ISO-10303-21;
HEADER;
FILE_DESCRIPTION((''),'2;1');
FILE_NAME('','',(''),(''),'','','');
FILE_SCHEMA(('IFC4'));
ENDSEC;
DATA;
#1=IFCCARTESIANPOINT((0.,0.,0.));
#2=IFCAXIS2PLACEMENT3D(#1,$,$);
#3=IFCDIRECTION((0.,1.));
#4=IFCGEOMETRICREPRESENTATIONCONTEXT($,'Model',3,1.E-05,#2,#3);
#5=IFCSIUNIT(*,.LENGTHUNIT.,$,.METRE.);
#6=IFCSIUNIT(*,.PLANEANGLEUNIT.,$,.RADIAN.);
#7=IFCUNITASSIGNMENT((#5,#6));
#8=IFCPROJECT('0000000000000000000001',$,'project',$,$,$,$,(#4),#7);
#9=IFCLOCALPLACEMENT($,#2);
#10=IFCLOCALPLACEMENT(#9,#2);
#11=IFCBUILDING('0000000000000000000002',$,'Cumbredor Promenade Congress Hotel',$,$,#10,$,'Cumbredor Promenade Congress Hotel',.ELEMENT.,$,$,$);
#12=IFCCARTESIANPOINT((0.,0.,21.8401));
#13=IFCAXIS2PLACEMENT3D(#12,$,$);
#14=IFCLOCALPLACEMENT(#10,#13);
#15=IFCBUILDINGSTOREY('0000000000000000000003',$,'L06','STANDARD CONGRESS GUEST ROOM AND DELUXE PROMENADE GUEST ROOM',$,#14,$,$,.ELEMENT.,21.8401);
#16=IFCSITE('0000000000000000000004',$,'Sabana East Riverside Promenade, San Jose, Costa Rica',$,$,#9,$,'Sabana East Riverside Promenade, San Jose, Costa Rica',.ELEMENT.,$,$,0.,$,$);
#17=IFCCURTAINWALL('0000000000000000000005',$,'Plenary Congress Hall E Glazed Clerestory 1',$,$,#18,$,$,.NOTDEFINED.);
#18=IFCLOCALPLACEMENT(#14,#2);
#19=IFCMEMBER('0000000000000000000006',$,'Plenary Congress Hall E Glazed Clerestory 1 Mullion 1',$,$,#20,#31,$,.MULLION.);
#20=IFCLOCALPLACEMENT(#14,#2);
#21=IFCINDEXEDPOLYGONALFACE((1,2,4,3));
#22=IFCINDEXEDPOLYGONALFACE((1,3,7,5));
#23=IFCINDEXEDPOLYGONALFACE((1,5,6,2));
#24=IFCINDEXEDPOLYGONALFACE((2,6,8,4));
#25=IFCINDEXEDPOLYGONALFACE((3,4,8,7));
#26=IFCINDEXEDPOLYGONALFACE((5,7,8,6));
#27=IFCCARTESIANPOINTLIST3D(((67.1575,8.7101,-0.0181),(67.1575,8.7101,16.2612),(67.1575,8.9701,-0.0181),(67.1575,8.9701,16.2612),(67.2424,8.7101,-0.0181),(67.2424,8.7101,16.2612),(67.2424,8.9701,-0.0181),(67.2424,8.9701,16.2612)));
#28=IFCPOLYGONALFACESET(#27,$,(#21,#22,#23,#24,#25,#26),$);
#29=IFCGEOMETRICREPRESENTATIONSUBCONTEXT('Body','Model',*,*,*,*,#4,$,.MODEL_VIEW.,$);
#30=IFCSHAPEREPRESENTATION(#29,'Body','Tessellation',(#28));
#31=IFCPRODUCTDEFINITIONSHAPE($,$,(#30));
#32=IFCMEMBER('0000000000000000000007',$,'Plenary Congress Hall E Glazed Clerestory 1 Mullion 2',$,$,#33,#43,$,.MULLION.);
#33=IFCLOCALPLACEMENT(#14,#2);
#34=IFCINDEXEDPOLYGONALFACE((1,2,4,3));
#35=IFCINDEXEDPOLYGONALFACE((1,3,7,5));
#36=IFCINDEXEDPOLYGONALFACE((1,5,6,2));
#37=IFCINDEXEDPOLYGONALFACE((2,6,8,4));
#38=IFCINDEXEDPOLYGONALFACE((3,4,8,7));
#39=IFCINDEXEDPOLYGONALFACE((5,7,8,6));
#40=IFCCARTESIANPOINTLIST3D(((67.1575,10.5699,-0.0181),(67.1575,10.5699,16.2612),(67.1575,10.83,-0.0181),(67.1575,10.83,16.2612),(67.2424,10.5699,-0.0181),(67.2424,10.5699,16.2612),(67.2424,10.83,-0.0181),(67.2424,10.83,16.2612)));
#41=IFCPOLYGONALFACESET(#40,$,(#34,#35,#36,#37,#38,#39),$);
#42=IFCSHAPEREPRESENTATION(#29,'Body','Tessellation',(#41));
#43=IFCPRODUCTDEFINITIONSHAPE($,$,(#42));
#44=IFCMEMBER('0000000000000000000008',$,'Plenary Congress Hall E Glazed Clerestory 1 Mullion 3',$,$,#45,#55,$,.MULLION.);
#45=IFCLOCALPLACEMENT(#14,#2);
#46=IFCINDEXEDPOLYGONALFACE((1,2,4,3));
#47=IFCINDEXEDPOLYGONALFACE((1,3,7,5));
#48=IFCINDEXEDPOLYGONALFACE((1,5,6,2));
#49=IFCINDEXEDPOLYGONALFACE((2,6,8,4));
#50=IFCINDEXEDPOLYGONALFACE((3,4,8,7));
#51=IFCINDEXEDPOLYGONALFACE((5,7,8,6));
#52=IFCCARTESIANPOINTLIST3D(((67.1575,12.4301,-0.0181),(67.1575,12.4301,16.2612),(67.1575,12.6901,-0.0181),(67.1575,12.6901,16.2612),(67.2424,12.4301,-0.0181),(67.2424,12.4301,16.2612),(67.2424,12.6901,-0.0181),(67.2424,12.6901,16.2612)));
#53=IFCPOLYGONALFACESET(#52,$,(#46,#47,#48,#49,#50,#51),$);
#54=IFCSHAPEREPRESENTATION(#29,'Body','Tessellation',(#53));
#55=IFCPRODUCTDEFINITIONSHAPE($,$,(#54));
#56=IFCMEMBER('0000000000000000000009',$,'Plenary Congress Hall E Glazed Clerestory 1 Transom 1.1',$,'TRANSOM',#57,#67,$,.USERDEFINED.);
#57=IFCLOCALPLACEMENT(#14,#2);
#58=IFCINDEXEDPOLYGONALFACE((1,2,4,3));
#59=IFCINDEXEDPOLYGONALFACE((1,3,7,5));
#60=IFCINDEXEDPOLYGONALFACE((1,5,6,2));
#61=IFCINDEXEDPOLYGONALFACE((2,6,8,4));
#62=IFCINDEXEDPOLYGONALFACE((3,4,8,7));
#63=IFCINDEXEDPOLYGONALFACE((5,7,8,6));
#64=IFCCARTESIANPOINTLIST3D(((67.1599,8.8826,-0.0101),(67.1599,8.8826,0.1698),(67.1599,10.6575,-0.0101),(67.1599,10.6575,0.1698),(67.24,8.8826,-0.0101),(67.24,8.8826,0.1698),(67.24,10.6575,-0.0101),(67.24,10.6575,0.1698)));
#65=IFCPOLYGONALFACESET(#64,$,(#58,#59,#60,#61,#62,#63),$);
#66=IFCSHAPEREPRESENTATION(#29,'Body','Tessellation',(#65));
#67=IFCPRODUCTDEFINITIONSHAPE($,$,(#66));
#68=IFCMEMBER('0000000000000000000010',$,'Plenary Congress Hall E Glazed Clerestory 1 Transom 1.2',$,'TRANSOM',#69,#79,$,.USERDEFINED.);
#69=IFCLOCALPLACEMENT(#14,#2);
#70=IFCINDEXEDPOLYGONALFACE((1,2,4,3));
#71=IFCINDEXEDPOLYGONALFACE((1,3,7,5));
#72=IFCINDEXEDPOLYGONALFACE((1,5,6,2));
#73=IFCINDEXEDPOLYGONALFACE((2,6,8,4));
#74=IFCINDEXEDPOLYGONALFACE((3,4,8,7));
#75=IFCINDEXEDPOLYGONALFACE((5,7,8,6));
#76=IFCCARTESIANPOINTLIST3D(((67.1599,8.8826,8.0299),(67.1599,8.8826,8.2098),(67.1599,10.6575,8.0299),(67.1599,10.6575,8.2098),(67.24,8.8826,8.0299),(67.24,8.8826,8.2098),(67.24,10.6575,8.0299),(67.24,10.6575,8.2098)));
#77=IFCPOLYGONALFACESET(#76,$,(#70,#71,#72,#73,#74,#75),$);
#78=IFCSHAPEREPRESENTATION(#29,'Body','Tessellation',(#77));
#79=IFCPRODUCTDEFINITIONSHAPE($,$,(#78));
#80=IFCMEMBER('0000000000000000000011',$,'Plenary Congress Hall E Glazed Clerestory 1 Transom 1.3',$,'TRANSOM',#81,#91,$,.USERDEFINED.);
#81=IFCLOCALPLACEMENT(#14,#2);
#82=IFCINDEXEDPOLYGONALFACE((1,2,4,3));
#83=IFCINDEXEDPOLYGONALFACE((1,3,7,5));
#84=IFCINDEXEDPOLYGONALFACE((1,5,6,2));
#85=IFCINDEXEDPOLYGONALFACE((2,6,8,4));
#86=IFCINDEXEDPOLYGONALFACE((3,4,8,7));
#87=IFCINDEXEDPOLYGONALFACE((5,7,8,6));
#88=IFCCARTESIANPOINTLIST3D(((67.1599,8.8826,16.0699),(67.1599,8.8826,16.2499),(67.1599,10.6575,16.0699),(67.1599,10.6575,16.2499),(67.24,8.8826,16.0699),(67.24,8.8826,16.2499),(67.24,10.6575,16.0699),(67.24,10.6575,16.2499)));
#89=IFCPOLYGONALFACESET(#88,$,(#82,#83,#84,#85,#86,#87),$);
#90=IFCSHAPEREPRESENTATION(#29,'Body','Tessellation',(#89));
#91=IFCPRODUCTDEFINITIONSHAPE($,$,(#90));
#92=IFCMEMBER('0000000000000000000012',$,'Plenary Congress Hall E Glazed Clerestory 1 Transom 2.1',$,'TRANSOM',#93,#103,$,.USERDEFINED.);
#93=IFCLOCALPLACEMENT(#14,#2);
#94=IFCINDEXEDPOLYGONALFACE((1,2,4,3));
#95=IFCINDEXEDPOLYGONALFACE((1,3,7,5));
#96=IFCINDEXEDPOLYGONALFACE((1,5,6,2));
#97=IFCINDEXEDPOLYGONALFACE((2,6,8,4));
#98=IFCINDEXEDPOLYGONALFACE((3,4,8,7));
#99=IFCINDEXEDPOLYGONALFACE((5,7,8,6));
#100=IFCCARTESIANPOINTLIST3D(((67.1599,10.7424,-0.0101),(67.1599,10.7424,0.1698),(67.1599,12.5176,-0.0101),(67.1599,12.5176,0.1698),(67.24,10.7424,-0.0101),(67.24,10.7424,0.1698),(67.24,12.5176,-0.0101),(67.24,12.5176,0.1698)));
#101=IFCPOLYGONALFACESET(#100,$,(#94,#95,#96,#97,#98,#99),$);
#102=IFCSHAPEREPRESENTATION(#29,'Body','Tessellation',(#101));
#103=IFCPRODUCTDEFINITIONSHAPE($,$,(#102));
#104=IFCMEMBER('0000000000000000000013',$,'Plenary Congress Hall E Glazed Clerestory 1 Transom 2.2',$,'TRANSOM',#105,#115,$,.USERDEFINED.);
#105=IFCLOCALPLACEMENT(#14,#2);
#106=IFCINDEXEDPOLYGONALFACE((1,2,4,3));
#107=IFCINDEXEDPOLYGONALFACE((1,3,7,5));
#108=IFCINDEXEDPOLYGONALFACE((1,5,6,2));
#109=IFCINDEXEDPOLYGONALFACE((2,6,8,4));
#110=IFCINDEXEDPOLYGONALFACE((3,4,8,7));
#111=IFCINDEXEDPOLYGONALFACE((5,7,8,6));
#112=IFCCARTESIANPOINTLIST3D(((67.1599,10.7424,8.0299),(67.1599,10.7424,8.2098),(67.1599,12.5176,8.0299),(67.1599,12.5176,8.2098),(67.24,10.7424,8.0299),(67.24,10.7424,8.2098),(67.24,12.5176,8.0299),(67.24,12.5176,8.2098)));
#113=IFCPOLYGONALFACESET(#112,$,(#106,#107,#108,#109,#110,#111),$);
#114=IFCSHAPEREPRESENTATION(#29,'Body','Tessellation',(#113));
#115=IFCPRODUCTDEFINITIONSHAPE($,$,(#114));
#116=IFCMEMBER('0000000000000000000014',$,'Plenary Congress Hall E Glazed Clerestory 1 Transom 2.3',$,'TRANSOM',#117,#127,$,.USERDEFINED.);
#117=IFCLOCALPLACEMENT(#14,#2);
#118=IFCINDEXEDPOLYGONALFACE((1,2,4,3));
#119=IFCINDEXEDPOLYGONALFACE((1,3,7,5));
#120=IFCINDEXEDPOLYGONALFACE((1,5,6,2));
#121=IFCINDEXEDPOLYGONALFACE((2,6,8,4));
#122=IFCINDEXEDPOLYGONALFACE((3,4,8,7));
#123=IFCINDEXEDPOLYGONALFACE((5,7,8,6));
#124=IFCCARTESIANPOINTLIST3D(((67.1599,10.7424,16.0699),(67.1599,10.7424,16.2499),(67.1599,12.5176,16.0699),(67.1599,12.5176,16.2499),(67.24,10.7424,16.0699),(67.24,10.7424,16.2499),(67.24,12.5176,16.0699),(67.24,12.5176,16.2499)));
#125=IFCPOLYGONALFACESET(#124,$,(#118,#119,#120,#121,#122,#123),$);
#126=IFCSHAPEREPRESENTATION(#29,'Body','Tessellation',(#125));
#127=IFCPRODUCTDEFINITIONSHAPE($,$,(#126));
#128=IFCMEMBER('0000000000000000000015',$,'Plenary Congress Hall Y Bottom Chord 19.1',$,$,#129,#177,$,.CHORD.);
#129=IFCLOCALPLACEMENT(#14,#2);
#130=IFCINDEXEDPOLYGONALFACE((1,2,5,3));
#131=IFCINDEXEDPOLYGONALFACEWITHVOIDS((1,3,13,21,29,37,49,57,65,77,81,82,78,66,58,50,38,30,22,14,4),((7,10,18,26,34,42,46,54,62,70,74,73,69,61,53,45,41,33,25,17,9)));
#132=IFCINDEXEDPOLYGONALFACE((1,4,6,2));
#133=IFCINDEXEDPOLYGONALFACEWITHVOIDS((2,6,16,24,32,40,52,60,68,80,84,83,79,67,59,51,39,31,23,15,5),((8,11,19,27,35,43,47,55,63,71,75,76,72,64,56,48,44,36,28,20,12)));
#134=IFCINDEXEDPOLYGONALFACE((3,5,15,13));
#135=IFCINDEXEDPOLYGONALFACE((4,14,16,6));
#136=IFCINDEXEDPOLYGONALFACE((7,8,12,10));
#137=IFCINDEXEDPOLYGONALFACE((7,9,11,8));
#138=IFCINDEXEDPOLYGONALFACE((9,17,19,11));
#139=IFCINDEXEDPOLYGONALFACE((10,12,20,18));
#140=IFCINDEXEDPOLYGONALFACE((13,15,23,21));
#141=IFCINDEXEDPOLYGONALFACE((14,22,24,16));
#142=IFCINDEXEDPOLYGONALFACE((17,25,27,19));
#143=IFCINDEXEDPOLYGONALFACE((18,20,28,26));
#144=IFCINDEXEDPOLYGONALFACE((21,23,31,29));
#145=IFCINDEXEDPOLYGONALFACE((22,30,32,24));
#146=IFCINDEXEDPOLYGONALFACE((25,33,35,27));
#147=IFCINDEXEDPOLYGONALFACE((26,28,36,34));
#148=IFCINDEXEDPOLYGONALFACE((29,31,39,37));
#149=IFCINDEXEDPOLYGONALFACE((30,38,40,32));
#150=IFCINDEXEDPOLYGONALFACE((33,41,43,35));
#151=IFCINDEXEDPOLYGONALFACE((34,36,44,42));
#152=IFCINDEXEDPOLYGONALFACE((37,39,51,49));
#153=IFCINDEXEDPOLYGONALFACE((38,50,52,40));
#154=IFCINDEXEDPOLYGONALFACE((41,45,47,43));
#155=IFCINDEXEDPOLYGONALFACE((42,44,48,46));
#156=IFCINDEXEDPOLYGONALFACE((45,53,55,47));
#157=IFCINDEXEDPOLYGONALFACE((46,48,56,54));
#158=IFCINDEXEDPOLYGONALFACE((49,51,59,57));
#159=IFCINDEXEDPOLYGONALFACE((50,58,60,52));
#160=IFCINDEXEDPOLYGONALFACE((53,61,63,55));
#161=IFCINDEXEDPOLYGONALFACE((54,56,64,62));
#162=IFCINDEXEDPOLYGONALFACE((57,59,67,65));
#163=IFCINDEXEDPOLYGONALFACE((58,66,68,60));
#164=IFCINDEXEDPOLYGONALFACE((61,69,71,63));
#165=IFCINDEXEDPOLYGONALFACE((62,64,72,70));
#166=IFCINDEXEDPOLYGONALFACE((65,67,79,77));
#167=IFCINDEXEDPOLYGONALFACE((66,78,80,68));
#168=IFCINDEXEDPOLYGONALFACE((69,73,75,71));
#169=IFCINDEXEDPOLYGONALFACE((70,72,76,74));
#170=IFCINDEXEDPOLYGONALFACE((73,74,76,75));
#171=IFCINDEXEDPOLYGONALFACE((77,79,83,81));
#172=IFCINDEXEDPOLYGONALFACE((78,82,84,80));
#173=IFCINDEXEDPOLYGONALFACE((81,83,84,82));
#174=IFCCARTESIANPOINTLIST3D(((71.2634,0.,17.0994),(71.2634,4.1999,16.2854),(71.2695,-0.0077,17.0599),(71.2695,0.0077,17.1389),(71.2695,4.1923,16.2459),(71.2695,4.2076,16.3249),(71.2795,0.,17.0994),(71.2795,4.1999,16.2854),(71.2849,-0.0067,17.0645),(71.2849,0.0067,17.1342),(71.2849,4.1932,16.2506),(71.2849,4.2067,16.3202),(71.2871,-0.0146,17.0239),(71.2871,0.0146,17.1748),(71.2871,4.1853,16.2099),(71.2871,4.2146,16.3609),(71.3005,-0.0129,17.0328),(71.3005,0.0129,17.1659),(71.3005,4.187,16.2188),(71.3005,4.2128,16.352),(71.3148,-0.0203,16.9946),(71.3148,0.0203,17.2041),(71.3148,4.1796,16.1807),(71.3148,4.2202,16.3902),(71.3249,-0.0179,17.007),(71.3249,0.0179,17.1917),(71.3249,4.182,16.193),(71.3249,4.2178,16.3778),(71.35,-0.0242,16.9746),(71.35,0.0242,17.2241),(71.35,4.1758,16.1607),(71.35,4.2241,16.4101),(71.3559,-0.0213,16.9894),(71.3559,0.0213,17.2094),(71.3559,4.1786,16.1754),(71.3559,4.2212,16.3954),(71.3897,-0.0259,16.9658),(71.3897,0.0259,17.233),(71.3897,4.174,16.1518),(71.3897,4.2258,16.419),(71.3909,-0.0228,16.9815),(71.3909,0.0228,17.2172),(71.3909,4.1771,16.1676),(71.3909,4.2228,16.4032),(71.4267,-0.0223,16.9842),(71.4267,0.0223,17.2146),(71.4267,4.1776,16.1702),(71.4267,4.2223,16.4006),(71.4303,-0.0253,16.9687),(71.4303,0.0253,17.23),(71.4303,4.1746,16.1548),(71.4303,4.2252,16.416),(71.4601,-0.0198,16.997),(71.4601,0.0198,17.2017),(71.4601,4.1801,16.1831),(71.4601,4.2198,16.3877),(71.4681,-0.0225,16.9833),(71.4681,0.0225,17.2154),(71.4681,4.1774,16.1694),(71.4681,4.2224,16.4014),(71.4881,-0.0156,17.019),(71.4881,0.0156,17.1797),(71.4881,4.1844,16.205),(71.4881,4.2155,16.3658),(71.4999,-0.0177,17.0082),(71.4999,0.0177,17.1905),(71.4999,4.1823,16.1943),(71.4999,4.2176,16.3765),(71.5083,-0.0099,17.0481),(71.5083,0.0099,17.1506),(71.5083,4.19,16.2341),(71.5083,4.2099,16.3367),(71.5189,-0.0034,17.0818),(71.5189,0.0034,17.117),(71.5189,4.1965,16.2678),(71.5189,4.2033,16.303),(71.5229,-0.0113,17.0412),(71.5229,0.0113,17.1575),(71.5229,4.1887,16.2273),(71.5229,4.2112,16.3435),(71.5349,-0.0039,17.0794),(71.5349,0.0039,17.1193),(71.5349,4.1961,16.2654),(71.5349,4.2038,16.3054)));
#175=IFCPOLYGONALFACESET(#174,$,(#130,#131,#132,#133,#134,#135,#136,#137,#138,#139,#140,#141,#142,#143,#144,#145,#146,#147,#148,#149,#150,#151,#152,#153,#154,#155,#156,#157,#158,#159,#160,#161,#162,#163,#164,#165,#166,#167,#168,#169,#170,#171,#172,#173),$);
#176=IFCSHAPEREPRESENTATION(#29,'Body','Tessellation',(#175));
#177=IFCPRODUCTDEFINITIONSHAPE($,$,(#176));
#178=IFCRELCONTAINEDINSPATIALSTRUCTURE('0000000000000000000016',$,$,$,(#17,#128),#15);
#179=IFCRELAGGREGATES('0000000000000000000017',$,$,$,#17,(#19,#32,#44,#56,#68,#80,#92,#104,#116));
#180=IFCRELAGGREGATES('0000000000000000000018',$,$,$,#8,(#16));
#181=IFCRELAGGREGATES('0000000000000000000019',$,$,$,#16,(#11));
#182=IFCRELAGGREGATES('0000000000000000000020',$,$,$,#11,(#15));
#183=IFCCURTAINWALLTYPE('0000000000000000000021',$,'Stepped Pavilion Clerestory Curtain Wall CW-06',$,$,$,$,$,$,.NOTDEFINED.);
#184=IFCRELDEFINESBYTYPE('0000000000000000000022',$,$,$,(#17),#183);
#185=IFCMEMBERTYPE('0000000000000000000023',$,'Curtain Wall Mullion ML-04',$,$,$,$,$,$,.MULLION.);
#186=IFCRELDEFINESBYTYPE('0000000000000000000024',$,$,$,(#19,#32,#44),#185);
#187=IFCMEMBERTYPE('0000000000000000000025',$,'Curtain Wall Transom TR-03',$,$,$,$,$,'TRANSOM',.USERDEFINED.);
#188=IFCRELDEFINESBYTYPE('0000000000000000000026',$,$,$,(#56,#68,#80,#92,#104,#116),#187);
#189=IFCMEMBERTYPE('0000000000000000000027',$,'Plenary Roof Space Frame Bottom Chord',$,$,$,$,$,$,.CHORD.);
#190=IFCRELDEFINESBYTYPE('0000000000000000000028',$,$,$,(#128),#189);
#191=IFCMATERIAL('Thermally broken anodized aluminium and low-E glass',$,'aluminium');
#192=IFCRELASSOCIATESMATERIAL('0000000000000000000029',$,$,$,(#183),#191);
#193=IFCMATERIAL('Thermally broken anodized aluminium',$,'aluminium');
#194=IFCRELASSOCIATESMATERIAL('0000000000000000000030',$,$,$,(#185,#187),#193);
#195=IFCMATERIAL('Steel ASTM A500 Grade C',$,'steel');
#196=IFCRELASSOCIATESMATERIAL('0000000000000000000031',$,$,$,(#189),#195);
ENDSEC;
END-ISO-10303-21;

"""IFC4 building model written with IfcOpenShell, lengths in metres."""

from ifc_helpers import new_model, si_unit, direction, frame, origin, origin_2d, place, context, subcontext, project, spatial, rectangle, hollow_circle, extrude, material, material_profile, profile_set, type_object, element, aggregate, save


model = new_model("IFC4")

# Units and contexts
model_context = context("Model", 3, precision=1e-05, world=origin(), true_north=direction((0.0, 1.0)))
body_context = subcontext(model_context, "Body", "Model", "MODEL_VIEW")
ifc_project = project(units=[si_unit("LENGTHUNIT", "METRE"), si_unit("PLANEANGLEUNIT", "RADIAN")], contexts=[model_context])

# Site, building, storey
site_placement = place(None, origin())
site = spatial("IfcSite", under=ifc_project, at=site_placement, Name="Sabana East Riverside Promenade, San Jose, Costa Rica", LongName="Sabana East Riverside Promenade, San Jose, Costa Rica", CompositionType="ELEMENT", RefElevation=0.0)
building_placement = place(site_placement, origin())
building = spatial("IfcBuilding", under=site, at=building_placement, Name="Cumbredor Promenade Congress Hotel", LongName="Cumbredor Promenade Congress Hotel", CompositionType="ELEMENT")
storey_placement = place(building_placement, frame((0.0, 0.0, 21.8401)))
storey = spatial("IfcBuildingStorey", under=building, at=storey_placement, Name="L06", Description="STANDARD CONGRESS GUEST ROOM AND DELUXE PROMENADE GUEST ROOM", CompositionType="ELEMENT", Elevation=21.8401)

# Curtain wall, members
ifc_material_1 = material(Name="Thermally broken anodized aluminium and low-E glass", Category="aluminium")
curtain_wall_type = type_object("IfcCurtainWallType", Name="Stepped Pavilion Clerestory Curtain Wall CW-06", PredefinedType="NOTDEFINED", material=ifc_material_1)
curtain_wall_placement = place(storey_placement, origin())
curtain_wall = element("IfcCurtainWall", 1, at=curtain_wall_placement, inside=storey, type_object=curtain_wall_type, Name="Plenary Congress Hall E Glazed Clerestory 1", PredefinedType="NOTDEFINED")
ifc_material_2 = material(Name="Thermally broken anodized aluminium", Category="aluminium")
ifc_material_profile_1 = material_profile(ifc_material_2, rectangle(XDim=0.085, YDim=0.26, at=origin_2d()), Name="ALU MULLION CLERESTORY 85x260")
ifc_profile_set_1 = profile_set([ifc_material_profile_1], Name="Thermally broken anodized aluminium")
member_type_1 = type_object("IfcMemberType", Name="Curtain Wall Mullion ML-04", PredefinedType="MULLION", material=ifc_profile_set_1)
member_1_placement = place(storey_placement, frame((67.2, 8.8401, -0.0181), z_axis=(0.0, 0.0, 1.0), x_axis=(1.0, 0.0, 0.0)))
member_1 = element("IfcMember", 2, at=member_1_placement, type_object=member_type_1, Name="Plenary Congress Hall E Glazed Clerestory 1 Mullion 1", PredefinedType="MULLION", context=body_context, shape_type="SweptSolid", body=[
    extrude(rectangle(XDim=0.085, YDim=0.26, at=origin_2d()), origin(), (0.0, 0.0, 1.0), 16.2793),
])
member_2_placement = place(storey_placement, frame((67.2, 10.7, -0.0181), z_axis=(0.0, 0.0, 1.0), x_axis=(1.0, 0.0, 0.0)))
member_2 = element("IfcMember", 3, at=member_2_placement, type_object=member_type_1, Name="Plenary Congress Hall E Glazed Clerestory 1 Mullion 2", PredefinedType="MULLION", context=body_context, shape_type="SweptSolid", body=[
    extrude(rectangle(XDim=0.085, YDim=0.26, at=origin_2d()), origin(), (0.0, 0.0, 1.0), 16.2793),
])
member_3_placement = place(storey_placement, frame((67.2, 12.5601, -0.0181), z_axis=(0.0, 0.0, 1.0), x_axis=(1.0, 0.0, 0.0)))
member_3 = element("IfcMember", 4, at=member_3_placement, type_object=member_type_1, Name="Plenary Congress Hall E Glazed Clerestory 1 Mullion 3", PredefinedType="MULLION", context=body_context, shape_type="SweptSolid", body=[
    extrude(rectangle(XDim=0.085, YDim=0.26, at=origin_2d()), origin(), (0.0, 0.0, 1.0), 16.2793),
])
ifc_material_profile_2 = material_profile(ifc_material_2, rectangle(XDim=0.0801, YDim=0.1799, at=origin_2d()), Name="ALU TRANSOM 80x180")
ifc_profile_set_2 = profile_set([ifc_material_profile_2], Name="Thermally broken anodized aluminium")
member_type_2 = type_object("IfcMemberType", Name="Curtain Wall Transom TR-03", ElementType="TRANSOM", PredefinedType="USERDEFINED", material=ifc_profile_set_2)
member_4_placement = place(storey_placement, frame((67.2, 8.8826, 0.0798), z_axis=(0.0, 1.0, 0.0), x_axis=(-1.0, 0.0, 0.0)))
member_4 = element("IfcMember", 5, at=member_4_placement, type_object=member_type_2, Name="Plenary Congress Hall E Glazed Clerestory 1 Transom 1.1", ObjectType="TRANSOM", PredefinedType="USERDEFINED", context=body_context, shape_type="SweptSolid", body=[
    extrude(rectangle(XDim=0.0801, YDim=0.1799, at=origin_2d()), origin(), (0.0, 0.0, 1.0), 1.7749),
])
member_5_placement = place(storey_placement, frame((67.2, 8.8826, 8.1199), z_axis=(0.0, 1.0, 0.0), x_axis=(-1.0, 0.0, 0.0)))
member_5 = element("IfcMember", 6, at=member_5_placement, type_object=member_type_2, Name="Plenary Congress Hall E Glazed Clerestory 1 Transom 1.2", ObjectType="TRANSOM", PredefinedType="USERDEFINED", context=body_context, shape_type="SweptSolid", body=[
    extrude(rectangle(XDim=0.0801, YDim=0.1799, at=origin_2d()), origin(), (0.0, 0.0, 1.0), 1.7749),
])
member_6_placement = place(storey_placement, frame((67.2, 8.8826, 16.1599), z_axis=(0.0, 1.0, 0.0), x_axis=(-1.0, 0.0, 0.0)))
member_6 = element("IfcMember", 7, at=member_6_placement, type_object=member_type_2, Name="Plenary Congress Hall E Glazed Clerestory 1 Transom 1.3", ObjectType="TRANSOM", PredefinedType="USERDEFINED", context=body_context, shape_type="SweptSolid", body=[
    extrude(rectangle(XDim=0.0801, YDim=0.1799, at=origin_2d()), origin(), (0.0, 0.0, 1.0), 1.7749),
])
member_7_placement = place(storey_placement, frame((67.2, 10.7424, 0.0798), z_axis=(0.0, 1.0, 0.0), x_axis=(-1.0, 0.0, 0.0)))
member_7 = element("IfcMember", 8, at=member_7_placement, type_object=member_type_2, Name="Plenary Congress Hall E Glazed Clerestory 1 Transom 2.1", ObjectType="TRANSOM", PredefinedType="USERDEFINED", context=body_context, shape_type="SweptSolid", body=[
    extrude(rectangle(XDim=0.0801, YDim=0.1799, at=origin_2d()), origin(), (0.0, 0.0, 1.0), 1.7751),
])
member_8_placement = place(storey_placement, frame((67.2, 10.7424, 8.1199), z_axis=(0.0, 1.0, 0.0), x_axis=(-1.0, 0.0, 0.0)))
member_8 = element("IfcMember", 9, at=member_8_placement, type_object=member_type_2, Name="Plenary Congress Hall E Glazed Clerestory 1 Transom 2.2", ObjectType="TRANSOM", PredefinedType="USERDEFINED", context=body_context, shape_type="SweptSolid", body=[
    extrude(rectangle(XDim=0.0801, YDim=0.1799, at=origin_2d()), origin(), (0.0, 0.0, 1.0), 1.7751),
])
member_9_placement = place(storey_placement, frame((67.2, 10.7424, 16.1599), z_axis=(0.0, 1.0, 0.0), x_axis=(-1.0, 0.0, 0.0)))
member_9 = element("IfcMember", 10, at=member_9_placement, type_object=member_type_2, Name="Plenary Congress Hall E Glazed Clerestory 1 Transom 2.3", ObjectType="TRANSOM", PredefinedType="USERDEFINED", context=body_context, shape_type="SweptSolid", body=[
    extrude(rectangle(XDim=0.0801, YDim=0.1799, at=origin_2d()), origin(), (0.0, 0.0, 1.0), 1.7751),
])

# Member
ifc_material_3 = material(Name="Steel ASTM A500 Grade C", Category="steel")
ifc_material_profile_3 = material_profile(ifc_material_3, hollow_circle(Radius=0.1365, WallThickness=0.0161, at=origin_2d()), Name="CHS 273.0x16")
ifc_profile_set_3 = profile_set([ifc_material_profile_3], Name="Steel ASTM A500 Grade C")
member_type_3 = type_object("IfcMemberType", Name="Plenary Roof Space Frame Bottom Chord", PredefinedType="CHORD", material=ifc_profile_set_3)
member_10_placement = place(storey_placement, frame((71.3999, 0.0, 17.0994), z_axis=(0.0, 0.981733, -0.190263), x_axis=(-1.0, 0.0, 0.0)))
element("IfcMember", 11, at=member_10_placement, inside=storey, type_object=member_type_3, Name="Plenary Congress Hall Y Bottom Chord 19.1", PredefinedType="CHORD", context=body_context, shape_type="SweptSolid", body=[
    extrude(hollow_circle(Radius=0.1365, WallThickness=0.0161, at=origin_2d()), origin(), (0.0, 0.0, 1.0), 4.2781),
])

aggregate(curtain_wall, [member_1, member_2, member_3, member_4, member_5, member_6, member_7, member_8, member_9])

save(model, "model.ifc")
